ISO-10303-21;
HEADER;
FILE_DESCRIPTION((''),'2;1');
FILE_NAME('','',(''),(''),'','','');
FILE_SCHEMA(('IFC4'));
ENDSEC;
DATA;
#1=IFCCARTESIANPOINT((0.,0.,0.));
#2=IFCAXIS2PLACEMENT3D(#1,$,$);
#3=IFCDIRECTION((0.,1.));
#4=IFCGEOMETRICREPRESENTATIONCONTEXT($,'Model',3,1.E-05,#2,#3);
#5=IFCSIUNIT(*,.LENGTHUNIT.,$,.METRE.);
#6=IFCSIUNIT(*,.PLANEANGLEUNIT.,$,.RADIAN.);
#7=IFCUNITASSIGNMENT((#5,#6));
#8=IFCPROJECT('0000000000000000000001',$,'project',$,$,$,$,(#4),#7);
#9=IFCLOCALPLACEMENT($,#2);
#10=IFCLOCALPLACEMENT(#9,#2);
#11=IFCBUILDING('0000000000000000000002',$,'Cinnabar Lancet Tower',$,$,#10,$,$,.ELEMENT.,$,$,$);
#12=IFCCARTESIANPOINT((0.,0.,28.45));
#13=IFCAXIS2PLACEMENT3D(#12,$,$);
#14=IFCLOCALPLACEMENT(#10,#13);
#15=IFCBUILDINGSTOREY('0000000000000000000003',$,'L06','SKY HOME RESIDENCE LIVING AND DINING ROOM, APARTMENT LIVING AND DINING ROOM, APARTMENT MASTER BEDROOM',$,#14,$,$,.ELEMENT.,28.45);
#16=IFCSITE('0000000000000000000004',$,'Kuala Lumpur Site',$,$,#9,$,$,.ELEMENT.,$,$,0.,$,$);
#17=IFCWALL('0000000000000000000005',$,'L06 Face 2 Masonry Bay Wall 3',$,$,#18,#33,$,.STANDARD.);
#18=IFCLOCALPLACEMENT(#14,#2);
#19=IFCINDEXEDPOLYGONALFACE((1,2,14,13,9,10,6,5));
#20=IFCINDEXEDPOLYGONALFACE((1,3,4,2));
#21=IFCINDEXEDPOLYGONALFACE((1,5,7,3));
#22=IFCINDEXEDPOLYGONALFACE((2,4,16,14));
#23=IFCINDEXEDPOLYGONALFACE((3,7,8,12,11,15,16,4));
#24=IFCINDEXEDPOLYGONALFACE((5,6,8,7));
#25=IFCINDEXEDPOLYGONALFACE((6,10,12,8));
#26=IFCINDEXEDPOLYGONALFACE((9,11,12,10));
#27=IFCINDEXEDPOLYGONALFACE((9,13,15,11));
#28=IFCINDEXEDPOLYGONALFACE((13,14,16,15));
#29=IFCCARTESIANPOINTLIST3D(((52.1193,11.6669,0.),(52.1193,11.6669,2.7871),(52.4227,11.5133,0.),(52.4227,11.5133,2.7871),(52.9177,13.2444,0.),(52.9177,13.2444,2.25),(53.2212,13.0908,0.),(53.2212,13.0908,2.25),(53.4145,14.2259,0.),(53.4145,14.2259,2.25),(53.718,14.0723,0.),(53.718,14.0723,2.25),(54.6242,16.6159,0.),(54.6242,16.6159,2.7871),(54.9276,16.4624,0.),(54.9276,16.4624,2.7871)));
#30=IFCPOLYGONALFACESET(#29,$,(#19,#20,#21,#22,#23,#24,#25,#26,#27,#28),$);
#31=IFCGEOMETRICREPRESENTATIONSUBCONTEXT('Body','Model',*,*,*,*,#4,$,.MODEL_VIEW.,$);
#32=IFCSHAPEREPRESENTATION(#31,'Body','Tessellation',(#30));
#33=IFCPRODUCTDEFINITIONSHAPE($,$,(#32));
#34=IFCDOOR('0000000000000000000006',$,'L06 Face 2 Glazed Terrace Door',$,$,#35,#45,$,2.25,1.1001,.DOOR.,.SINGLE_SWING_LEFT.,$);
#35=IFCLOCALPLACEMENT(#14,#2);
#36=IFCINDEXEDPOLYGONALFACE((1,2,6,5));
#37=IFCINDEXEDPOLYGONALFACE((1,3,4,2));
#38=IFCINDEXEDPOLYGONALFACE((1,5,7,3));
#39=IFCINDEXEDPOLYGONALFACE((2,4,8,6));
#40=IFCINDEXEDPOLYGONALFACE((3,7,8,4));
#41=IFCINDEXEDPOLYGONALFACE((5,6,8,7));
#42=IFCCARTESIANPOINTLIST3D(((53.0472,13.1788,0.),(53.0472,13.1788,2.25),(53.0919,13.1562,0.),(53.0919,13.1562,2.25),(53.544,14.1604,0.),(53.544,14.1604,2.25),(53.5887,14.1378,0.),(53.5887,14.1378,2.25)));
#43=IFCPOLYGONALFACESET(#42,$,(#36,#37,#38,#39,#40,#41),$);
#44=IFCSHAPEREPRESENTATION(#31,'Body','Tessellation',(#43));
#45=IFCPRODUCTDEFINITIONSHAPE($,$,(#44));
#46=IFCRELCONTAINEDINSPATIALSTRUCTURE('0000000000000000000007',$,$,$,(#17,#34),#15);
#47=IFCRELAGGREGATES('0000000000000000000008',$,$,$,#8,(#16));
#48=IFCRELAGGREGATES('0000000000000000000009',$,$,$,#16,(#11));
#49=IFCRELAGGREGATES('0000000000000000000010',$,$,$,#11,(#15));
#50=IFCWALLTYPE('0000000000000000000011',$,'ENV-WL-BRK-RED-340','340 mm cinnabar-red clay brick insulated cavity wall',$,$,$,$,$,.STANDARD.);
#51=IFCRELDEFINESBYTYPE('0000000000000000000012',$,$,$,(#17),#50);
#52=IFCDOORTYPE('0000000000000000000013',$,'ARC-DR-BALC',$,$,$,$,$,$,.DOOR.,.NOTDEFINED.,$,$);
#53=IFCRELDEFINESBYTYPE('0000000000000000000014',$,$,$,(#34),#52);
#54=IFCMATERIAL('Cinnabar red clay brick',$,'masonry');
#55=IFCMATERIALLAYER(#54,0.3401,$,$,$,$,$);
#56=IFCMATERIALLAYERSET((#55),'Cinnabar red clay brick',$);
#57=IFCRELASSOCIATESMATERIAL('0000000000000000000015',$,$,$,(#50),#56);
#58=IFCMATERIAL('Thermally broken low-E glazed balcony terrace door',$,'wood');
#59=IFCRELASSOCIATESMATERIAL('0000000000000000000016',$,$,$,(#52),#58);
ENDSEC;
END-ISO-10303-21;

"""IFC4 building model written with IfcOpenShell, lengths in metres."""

from ifc_helpers import new_model, si_unit, direction, frame, frame_2d, origin, place, context, subcontext, project, spatial, rectangle, extrude, material, layer, layer_set, type_object, element, fill, save


model = new_model("IFC4")

# Units and contexts
model_context = context("Model", 3, precision=1e-05, world=origin(), true_north=direction((0.0, 1.0)))
body_context = subcontext(model_context, "Body", "Model", "MODEL_VIEW")
ifc_project = project(units=[si_unit("LENGTHUNIT", "METRE"), si_unit("PLANEANGLEUNIT", "RADIAN")], contexts=[model_context])

# Site, building, storey
site_placement = place(None, origin())
site = spatial("IfcSite", under=ifc_project, at=site_placement, Name="Kuala Lumpur Site", CompositionType="ELEMENT", RefElevation=0.0)
building_placement = place(site_placement, origin())
building = spatial("IfcBuilding", under=site, at=building_placement, Name="Cinnabar Lancet Tower", CompositionType="ELEMENT")
storey_placement = place(building_placement, frame((0.0, 0.0, 28.45)))
storey = spatial("IfcBuildingStorey", under=building, at=storey_placement, Name="L06", Description="SKY HOME RESIDENCE LIVING AND DINING ROOM, APARTMENT LIVING AND DINING ROOM, APARTMENT MASTER BEDROOM", CompositionType="ELEMENT", Elevation=28.45)

# Shared definitions
ifc_material_1 = material(Name="Cinnabar red clay brick", Category="masonry")
ifc_layer_1 = layer(ifc_material_1, 0.3401)
ifc_layer_set_1 = layer_set([ifc_layer_1], Name="Cinnabar red clay brick")
wall_type_1 = type_object("IfcWallType", Name="ENV-WL-BRK-RED-340", Description="340 mm cinnabar-red clay brick insulated cavity wall", PredefinedType="STANDARD", material=ifc_layer_set_1)

# Wall, opening, door
wall_1_placement = place(storey_placement, frame((52.271, 11.5901, 0.0), z_axis=(0.0, 0.0, 1.0), x_axis=(0.451592, 0.892225, 0.0)))
wall_1 = element("IfcWall", 1, at=wall_1_placement, inside=storey, type_object=wall_type_1, Name="L06 Face 2 Masonry Bay Wall 3", PredefinedType="STANDARD", context=body_context, shape_type="SweptSolid", body=[
    extrude(rectangle(XDim=5.5469, YDim=0.3401, at=frame_2d((2.7734, 0.0))), origin(), (0.0, 0.0, 1.0), 2.7871),
])
opening_1_placement = place(wall_1_placement, frame((1.7681, 0.0, 0.0)))
opening_1 = element("IfcOpeningElement", 2, at=opening_1_placement, cuts=wall_1, PredefinedType="OPENING", context=body_context, shape_type="SweptSolid", body=[
    extrude(rectangle(XDim=1.1001, YDim=2.25, at=frame_2d((0.55, 1.125))), frame((0.0, 0.1799, 0.0), z_axis=(0.0, -1.0, 0.0), x_axis=(1.0, 0.0, 0.0)), (0.0, 0.0, 1.0), 0.3601),
])
ifc_material_2 = material(Name="Thermally broken low-E glazed balcony terrace door", Category="wood")
door_type = type_object("IfcDoorType", Name="ARC-DR-BALC", OperationType="NOTDEFINED", PredefinedType="DOOR", material=ifc_material_2)
door_placement = place(opening_1_placement, origin())
door = element("IfcDoor", 3, at=door_placement, inside=storey, type_object=door_type, Name="L06 Face 2 Glazed Terrace Door", OperationType="SINGLE_SWING_LEFT", OverallHeight=2.25, OverallWidth=1.1001, PredefinedType="DOOR", context=body_context, shape_type="SweptSolid", body=[
    extrude(rectangle(XDim=1.1001, YDim=2.25, at=frame_2d((0.55, 1.125))), frame((0.0, 0.0249, 0.0), z_axis=(0.0, -1.0, 0.0), x_axis=(1.0, 0.0, 0.0)), (0.0, 0.0, 1.0), 0.05),
])
fill(opening_1, door)

save(model, "model.ifc")
